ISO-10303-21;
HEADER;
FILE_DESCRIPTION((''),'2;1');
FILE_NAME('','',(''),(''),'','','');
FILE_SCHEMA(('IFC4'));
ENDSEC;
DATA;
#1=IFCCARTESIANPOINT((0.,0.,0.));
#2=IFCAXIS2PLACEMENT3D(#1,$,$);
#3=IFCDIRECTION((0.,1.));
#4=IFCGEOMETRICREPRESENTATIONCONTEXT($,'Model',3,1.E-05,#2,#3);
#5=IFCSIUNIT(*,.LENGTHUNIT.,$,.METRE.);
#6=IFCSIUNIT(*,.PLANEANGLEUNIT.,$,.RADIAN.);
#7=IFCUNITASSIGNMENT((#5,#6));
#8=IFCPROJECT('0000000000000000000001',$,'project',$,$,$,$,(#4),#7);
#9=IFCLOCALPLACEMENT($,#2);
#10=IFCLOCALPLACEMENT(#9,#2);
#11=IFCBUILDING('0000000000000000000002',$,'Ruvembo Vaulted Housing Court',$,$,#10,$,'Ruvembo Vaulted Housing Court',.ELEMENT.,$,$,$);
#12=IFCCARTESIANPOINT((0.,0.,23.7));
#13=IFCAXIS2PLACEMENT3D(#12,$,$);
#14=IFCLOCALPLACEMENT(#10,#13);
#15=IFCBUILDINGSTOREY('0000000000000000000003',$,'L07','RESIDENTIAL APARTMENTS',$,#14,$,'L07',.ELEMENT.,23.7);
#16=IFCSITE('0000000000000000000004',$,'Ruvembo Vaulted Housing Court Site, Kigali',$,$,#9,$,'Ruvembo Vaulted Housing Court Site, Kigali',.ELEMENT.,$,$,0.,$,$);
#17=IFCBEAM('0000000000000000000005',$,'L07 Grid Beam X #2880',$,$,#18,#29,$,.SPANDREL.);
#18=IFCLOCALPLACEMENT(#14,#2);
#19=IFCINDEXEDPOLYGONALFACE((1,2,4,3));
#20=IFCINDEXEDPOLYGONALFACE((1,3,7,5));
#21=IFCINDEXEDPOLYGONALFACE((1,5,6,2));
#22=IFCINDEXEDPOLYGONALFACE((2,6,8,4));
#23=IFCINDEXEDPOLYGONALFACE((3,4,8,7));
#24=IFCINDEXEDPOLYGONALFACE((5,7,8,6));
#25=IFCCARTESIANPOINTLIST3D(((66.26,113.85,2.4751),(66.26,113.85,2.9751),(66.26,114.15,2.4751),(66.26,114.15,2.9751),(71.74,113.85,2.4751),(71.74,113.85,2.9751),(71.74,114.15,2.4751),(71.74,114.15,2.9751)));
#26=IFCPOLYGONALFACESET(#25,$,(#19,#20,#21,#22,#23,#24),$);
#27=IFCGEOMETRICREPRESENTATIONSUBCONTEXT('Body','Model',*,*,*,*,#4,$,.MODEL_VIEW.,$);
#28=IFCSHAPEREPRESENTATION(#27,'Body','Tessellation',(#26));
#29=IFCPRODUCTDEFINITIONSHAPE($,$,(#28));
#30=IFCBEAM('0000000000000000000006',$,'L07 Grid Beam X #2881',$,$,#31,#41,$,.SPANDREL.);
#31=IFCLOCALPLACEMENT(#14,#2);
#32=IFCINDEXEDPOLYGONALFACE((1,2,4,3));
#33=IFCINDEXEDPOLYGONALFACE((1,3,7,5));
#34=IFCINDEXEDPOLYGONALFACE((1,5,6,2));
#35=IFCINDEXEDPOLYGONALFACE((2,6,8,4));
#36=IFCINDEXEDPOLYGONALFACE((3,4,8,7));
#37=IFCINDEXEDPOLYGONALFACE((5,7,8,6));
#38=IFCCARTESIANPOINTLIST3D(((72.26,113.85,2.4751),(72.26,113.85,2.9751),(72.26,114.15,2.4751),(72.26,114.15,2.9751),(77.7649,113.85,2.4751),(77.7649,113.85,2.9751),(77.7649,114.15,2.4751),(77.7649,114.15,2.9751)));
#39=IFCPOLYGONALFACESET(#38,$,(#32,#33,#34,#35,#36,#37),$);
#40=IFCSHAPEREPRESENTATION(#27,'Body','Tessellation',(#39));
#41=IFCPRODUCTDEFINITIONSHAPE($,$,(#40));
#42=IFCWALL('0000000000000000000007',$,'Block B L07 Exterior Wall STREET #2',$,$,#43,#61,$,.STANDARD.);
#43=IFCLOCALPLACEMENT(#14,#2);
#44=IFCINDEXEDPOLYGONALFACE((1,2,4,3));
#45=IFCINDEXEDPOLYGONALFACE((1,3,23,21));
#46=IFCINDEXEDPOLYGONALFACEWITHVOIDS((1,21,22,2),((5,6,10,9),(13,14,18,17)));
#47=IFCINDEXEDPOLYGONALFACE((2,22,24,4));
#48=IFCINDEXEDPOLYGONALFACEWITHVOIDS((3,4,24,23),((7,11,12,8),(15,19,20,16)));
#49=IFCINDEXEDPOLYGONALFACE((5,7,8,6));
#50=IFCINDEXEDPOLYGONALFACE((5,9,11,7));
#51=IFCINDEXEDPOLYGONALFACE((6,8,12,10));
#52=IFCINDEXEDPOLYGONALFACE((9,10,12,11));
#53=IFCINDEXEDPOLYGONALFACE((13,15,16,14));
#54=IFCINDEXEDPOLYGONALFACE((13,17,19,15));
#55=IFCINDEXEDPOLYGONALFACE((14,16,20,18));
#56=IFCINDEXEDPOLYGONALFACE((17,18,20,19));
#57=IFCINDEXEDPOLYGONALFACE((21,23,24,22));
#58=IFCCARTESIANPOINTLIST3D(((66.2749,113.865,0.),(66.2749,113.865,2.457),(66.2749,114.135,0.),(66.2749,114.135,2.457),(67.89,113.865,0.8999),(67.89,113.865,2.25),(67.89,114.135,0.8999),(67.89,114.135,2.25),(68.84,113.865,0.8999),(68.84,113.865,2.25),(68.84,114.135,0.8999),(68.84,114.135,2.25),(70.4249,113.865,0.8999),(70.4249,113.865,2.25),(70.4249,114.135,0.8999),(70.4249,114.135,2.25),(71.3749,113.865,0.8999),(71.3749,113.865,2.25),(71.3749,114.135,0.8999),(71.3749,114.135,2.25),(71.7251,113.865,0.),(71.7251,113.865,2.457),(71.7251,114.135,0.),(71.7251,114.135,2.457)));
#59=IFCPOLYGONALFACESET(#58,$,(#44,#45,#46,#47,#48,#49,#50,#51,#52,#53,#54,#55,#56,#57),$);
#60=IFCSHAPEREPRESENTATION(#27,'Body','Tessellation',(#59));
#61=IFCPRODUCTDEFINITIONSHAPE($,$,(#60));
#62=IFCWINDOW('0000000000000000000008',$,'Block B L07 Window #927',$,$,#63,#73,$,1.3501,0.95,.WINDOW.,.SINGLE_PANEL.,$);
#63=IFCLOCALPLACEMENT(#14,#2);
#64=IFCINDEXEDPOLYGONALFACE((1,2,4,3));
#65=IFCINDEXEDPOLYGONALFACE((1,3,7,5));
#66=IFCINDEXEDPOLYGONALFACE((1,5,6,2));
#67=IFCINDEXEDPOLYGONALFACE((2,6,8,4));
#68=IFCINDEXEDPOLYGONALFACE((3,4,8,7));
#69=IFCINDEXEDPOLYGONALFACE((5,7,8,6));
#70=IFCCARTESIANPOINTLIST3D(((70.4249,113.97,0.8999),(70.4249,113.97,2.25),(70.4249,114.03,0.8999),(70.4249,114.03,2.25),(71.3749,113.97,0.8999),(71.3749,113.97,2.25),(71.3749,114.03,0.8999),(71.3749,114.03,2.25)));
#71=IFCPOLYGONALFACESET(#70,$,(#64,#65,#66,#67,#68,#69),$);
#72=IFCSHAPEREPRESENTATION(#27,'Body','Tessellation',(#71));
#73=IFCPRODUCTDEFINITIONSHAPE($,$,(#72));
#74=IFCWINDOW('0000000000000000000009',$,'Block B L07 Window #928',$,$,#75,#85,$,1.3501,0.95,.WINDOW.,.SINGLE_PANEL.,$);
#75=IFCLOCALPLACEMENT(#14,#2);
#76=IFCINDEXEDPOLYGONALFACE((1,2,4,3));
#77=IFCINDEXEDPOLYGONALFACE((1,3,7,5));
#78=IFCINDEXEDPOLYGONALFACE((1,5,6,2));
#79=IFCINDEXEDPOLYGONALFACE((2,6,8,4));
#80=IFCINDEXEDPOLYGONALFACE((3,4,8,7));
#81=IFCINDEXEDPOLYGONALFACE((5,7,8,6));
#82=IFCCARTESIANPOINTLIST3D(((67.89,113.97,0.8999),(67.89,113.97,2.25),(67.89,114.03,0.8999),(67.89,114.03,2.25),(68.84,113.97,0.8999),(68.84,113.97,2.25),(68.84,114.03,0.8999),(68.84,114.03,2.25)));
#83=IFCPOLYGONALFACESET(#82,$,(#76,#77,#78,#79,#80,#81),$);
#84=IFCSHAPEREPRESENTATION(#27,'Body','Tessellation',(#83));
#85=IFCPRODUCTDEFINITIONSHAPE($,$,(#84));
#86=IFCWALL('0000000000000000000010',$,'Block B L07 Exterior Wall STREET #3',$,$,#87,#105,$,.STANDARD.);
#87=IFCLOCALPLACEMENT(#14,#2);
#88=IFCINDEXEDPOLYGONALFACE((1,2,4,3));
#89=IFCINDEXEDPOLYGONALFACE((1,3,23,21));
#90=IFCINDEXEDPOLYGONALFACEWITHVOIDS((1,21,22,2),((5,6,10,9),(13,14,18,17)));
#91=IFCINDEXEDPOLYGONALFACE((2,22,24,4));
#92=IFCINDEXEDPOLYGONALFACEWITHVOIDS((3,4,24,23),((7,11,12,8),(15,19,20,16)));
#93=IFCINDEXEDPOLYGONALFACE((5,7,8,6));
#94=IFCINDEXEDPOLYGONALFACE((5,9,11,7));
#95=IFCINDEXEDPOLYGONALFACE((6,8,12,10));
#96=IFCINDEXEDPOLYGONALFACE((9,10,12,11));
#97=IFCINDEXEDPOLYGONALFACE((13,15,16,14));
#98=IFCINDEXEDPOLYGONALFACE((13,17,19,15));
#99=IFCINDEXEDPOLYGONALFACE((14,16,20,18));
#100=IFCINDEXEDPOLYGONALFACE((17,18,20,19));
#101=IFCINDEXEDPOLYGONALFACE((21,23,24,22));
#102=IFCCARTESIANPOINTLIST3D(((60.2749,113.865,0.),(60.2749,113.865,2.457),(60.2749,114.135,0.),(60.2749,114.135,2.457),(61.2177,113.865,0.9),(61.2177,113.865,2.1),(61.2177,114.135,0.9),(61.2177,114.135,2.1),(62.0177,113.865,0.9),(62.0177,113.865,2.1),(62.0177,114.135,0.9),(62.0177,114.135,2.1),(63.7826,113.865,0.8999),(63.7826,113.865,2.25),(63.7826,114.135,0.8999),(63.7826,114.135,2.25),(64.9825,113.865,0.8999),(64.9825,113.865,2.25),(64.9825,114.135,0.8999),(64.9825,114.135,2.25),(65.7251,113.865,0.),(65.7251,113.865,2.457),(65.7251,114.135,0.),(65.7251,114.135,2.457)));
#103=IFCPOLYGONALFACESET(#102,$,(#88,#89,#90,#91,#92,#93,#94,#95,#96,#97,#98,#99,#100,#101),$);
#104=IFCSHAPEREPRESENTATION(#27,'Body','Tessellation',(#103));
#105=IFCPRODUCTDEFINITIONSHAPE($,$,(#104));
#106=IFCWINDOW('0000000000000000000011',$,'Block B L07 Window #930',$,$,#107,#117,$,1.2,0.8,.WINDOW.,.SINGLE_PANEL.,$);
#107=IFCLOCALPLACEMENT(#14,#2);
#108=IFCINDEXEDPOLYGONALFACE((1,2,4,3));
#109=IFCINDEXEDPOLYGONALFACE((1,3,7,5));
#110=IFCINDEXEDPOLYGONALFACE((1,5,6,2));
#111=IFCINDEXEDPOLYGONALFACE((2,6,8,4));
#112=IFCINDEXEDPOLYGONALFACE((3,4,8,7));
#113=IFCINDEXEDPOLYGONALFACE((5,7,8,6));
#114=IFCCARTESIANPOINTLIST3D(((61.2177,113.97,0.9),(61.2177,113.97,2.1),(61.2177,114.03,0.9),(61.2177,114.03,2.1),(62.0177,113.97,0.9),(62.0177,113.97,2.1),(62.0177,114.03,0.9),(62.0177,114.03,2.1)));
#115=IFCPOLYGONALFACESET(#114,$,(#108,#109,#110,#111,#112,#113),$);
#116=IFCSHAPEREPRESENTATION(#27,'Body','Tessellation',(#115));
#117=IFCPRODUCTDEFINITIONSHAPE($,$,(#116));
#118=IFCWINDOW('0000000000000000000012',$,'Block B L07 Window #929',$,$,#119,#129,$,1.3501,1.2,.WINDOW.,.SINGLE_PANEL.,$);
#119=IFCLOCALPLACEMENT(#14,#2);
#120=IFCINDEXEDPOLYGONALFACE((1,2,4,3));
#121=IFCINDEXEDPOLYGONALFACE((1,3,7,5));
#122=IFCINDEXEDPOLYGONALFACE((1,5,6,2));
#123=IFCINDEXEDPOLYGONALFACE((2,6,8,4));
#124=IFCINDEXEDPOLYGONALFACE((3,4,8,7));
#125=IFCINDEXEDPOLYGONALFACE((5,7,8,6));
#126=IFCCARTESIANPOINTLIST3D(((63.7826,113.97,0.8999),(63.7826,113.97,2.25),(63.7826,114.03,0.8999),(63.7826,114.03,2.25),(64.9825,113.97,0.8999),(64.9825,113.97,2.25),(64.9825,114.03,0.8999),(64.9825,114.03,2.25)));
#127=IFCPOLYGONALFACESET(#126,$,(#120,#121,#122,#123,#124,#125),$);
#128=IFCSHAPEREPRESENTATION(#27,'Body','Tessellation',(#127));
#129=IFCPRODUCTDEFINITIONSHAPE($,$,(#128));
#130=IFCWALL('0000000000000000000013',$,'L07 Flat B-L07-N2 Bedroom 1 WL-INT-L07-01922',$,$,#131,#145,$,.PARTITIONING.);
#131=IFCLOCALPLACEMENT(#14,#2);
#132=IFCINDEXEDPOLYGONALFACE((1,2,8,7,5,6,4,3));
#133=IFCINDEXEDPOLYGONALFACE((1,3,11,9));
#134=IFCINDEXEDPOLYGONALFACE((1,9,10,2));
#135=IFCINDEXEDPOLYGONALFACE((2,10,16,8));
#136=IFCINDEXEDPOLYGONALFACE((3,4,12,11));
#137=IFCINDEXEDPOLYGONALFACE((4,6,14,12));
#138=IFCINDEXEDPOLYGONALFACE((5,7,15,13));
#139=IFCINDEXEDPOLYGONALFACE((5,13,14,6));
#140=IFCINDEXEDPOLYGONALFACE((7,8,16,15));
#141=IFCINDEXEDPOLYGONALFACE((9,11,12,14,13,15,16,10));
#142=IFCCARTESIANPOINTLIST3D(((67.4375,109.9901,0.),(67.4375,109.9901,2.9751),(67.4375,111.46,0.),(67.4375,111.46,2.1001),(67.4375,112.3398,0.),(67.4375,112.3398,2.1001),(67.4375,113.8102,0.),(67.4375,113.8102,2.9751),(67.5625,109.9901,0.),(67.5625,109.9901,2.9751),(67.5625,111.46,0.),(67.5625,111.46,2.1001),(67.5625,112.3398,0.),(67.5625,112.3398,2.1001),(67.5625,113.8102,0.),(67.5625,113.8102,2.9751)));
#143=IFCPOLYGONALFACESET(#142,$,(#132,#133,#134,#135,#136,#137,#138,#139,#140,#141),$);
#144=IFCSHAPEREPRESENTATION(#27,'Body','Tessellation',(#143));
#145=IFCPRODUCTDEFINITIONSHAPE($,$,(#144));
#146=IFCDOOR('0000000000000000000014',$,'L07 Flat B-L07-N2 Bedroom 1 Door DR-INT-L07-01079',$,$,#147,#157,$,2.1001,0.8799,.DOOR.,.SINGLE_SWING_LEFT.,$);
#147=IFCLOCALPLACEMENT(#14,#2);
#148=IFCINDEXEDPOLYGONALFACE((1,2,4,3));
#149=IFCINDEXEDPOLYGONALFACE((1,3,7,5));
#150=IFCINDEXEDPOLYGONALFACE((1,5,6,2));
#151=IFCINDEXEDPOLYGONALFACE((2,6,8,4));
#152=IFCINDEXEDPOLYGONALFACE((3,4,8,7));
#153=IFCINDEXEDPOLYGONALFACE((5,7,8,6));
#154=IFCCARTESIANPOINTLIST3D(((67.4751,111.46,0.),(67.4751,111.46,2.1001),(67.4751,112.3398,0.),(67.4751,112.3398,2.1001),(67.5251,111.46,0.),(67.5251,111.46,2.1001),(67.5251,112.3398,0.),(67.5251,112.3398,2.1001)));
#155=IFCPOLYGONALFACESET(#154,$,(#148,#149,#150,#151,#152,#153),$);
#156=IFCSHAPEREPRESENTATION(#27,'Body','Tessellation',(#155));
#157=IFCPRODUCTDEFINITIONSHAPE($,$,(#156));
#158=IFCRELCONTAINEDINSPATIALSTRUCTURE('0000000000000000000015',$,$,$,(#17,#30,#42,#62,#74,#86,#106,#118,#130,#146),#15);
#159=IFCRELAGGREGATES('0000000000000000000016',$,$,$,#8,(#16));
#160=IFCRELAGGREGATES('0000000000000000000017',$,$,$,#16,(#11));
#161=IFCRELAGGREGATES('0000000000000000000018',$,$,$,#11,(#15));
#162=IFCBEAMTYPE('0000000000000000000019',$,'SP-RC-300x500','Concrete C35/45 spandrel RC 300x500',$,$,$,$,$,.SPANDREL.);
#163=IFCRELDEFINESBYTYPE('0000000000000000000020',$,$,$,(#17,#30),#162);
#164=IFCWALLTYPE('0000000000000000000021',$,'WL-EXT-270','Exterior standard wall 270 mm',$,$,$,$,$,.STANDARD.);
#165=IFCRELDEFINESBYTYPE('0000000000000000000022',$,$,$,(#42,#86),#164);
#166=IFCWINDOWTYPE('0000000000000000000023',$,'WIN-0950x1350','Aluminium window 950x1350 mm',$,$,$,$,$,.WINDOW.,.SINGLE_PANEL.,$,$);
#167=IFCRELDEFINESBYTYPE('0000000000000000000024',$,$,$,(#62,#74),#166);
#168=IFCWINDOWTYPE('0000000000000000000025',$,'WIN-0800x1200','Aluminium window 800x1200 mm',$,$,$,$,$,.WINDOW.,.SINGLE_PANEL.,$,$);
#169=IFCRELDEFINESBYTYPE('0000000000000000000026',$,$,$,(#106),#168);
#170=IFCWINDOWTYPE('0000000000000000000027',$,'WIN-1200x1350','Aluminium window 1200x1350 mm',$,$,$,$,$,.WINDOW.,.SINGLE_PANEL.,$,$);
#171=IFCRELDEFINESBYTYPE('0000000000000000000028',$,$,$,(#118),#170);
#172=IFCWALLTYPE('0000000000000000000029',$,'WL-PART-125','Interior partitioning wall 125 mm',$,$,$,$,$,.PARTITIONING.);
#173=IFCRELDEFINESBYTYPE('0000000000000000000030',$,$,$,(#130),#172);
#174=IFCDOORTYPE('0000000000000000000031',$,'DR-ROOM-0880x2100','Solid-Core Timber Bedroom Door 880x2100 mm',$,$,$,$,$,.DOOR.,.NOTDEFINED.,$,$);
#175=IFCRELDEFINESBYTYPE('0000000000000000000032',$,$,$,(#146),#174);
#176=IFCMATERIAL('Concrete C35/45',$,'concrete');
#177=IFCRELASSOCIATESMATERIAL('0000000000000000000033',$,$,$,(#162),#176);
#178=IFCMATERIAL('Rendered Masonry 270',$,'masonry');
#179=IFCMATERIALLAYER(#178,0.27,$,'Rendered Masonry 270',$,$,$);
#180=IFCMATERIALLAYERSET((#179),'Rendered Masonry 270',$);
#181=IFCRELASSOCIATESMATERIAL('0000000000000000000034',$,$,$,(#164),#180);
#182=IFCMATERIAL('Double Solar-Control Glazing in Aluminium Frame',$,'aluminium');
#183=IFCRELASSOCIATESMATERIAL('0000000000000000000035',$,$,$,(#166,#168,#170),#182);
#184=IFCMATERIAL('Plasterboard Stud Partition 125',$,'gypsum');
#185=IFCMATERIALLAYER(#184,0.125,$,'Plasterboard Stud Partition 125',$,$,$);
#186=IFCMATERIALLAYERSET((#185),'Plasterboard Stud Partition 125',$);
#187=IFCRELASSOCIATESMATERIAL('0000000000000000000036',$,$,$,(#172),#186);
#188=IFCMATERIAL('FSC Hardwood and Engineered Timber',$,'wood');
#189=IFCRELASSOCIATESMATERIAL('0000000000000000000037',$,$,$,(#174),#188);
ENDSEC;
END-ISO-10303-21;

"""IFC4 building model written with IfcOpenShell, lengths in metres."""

from ifc_helpers import new_model, si_unit, direction, frame, frame_2d, origin, origin_2d, place, context, subcontext, project, spatial, rectangle, extrude, material, layer, layer_set, material_profile, profile_set, type_object, element, fill, save


model = new_model("IFC4")

# Units and contexts
model_context = context("Model", 3, precision=1e-05, world=origin(), true_north=direction((0.0, 1.0)))
body_context = subcontext(model_context, "Body", "Model", "MODEL_VIEW")
ifc_project = project(units=[si_unit("LENGTHUNIT", "METRE"), si_unit("PLANEANGLEUNIT", "RADIAN")], contexts=[model_context])

# Site, building, storey
site_placement = place(None, origin())
site = spatial("IfcSite", under=ifc_project, at=site_placement, Name="Ruvembo Vaulted Housing Court Site, Kigali", LongName="Ruvembo Vaulted Housing Court Site, Kigali", CompositionType="ELEMENT", RefElevation=0.0)
building_placement = place(site_placement, origin())
building = spatial("IfcBuilding", under=site, at=building_placement, Name="Ruvembo Vaulted Housing Court", LongName="Ruvembo Vaulted Housing Court", CompositionType="ELEMENT")
storey_placement = place(building_placement, frame((0.0, 0.0, 23.7)))
storey = spatial("IfcBuildingStorey", under=building, at=storey_placement, Name="L07", Description="RESIDENTIAL APARTMENTS", LongName="L07", CompositionType="ELEMENT", Elevation=23.7)

# Shared definitions
ifc_material_1 = material(Name="Concrete C35/45", Category="concrete")

# Beams
ifc_material_profile_1 = material_profile(ifc_material_1, rectangle(XDim=0.3, YDim=0.5, at=origin_2d()), Name="RC 300x500")
ifc_profile_set_1 = profile_set([ifc_material_profile_1], Name="Concrete C35/45")
beam_type_1 = type_object("IfcBeamType", Name="SP-RC-300x500", Description="Concrete C35/45 spandrel RC 300x500", PredefinedType="SPANDREL", material=ifc_profile_set_1)
for number, where, z_axis, x_axis, name in (
    (1, (66.26, 114.0, 2.7251), (1.0, 0.0, 0.0), (0.0, 1.0, 0.0), "L07 Grid Beam X #2880"),
):
    element("IfcBeam", number, at=place(storey_placement, frame(where, z_axis=z_axis, x_axis=x_axis)), inside=storey, type_object=beam_type_1, Name=name, PredefinedType="SPANDREL", context=body_context, shape_type="SweptSolid", body=[
        extrude(rectangle(XDim=0.3, YDim=0.5, at=origin_2d()), origin(), (0.0, 0.0, 1.0), 5.48),
    ])
beam_1_placement = place(storey_placement, frame((72.26, 114.0, 2.7251), z_axis=(1.0, 0.0, 0.0), x_axis=(0.0, 1.0, 0.0)))
element("IfcBeam", 2, at=beam_1_placement, inside=storey, type_object=beam_type_1, Name="L07 Grid Beam X #2881", PredefinedType="SPANDREL", context=body_context, shape_type="SweptSolid", body=[
    extrude(rectangle(XDim=0.3, YDim=0.5, at=origin_2d()), origin(), (0.0, 0.0, 1.0), 5.5049),
])

# Walls, openings, windows
ifc_material_2 = material(Name="Rendered Masonry 270", Category="masonry")
ifc_layer_1 = layer(ifc_material_2, 0.27, Name="Rendered Masonry 270")
ifc_layer_set_1 = layer_set([ifc_layer_1], Name="Rendered Masonry 270")
wall_type_1 = type_object("IfcWallType", Name="WL-EXT-270", Description="Exterior standard wall 270 mm", PredefinedType="STANDARD", material=ifc_layer_set_1)
wall_1_placement = place(storey_placement, frame((71.7251, 114.0, 0.0), z_axis=(0.0, 0.0, 1.0), x_axis=(-1.0, 0.0, 0.0)))
wall_1 = element("IfcWall", 3, at=wall_1_placement, inside=storey, type_object=wall_type_1, Name="Block B L07 Exterior Wall STREET #2", PredefinedType="STANDARD", context=body_context, shape_type="SweptSolid", body=[
    extrude(rectangle(XDim=5.4502, YDim=0.27, at=frame_2d((2.7251, 0.0))), origin(), (0.0, 0.0, 1.0), 2.457),
])
opening_1_placement = place(wall_1_placement, frame((0.3501, 0.0, 0.8999)))
opening_1 = element("IfcOpeningElement", 4, at=opening_1_placement, cuts=wall_1, PredefinedType="OPENING", context=body_context, shape_type="SweptSolid", body=[
    extrude(rectangle(XDim=0.95, YDim=1.3501, at=frame_2d((0.4751, 0.675))), frame((0.0, 0.145, 0.0), z_axis=(0.0, -1.0, 0.0), x_axis=(1.0, 0.0, 0.0)), (0.0, 0.0, 1.0), 0.29),
])
opening_2_placement = place(wall_1_placement, frame((2.885, 0.0, 0.8999)))
opening_2 = element("IfcOpeningElement", 5, at=opening_2_placement, cuts=wall_1, PredefinedType="OPENING", context=body_context, shape_type="SweptSolid", body=[
    extrude(rectangle(XDim=0.95, YDim=1.3501, at=frame_2d((0.4751, 0.675))), frame((0.0, 0.145, 0.0), z_axis=(0.0, -1.0, 0.0), x_axis=(1.0, 0.0, 0.0)), (0.0, 0.0, 1.0), 0.29),
])
ifc_material_3 = material(Name="Double Solar-Control Glazing in Aluminium Frame", Category="aluminium")
window_type_1 = type_object("IfcWindowType", Name="WIN-0950x1350", Description="Aluminium window 950x1350 mm", PartitioningType="SINGLE_PANEL", PredefinedType="WINDOW", material=ifc_material_3)
window_1_placement = place(opening_1_placement, origin())
window_1 = element("IfcWindow", 6, at=window_1_placement, inside=storey, type_object=window_type_1, Name="Block B L07 Window #927", OverallHeight=1.3501, OverallWidth=0.95, PartitioningType="SINGLE_PANEL", PredefinedType="WINDOW", context=body_context, shape_type="SweptSolid", body=[
    extrude(rectangle(XDim=0.95, YDim=1.3501, at=frame_2d((0.4751, 0.675))), frame((0.0, 0.03, 0.0), z_axis=(0.0, -1.0, 0.0), x_axis=(1.0, 0.0, 0.0)), (0.0, 0.0, 1.0), 0.0601),
])
fill(opening_1, window_1)
window_2_placement = place(opening_2_placement, origin())
window_2 = element("IfcWindow", 7, at=window_2_placement, inside=storey, type_object=window_type_1, Name="Block B L07 Window #928", OverallHeight=1.3501, OverallWidth=0.95, PartitioningType="SINGLE_PANEL", PredefinedType="WINDOW", context=body_context, shape_type="SweptSolid", body=[
    extrude(rectangle(XDim=0.95, YDim=1.3501, at=frame_2d((0.4751, 0.675))), frame((0.0, 0.03, 0.0), z_axis=(0.0, -1.0, 0.0), x_axis=(1.0, 0.0, 0.0)), (0.0, 0.0, 1.0), 0.0601),
])
fill(opening_2, window_2)
wall_2_placement = place(storey_placement, frame((65.7251, 114.0, 0.0), z_axis=(0.0, 0.0, 1.0), x_axis=(-1.0, 0.0, 0.0)))
wall_2 = element("IfcWall", 8, at=wall_2_placement, inside=storey, type_object=wall_type_1, Name="Block B L07 Exterior Wall STREET #3", PredefinedType="STANDARD", context=body_context, shape_type="SweptSolid", body=[
    extrude(rectangle(XDim=5.4502, YDim=0.27, at=frame_2d((2.7251, 0.0))), origin(), (0.0, 0.0, 1.0), 2.457),
])
opening_3_placement = place(wall_2_placement, frame((0.7424, 0.0, 0.8999)))
opening_3 = element("IfcOpeningElement", 9, at=opening_3_placement, cuts=wall_2, PredefinedType="OPENING", context=body_context, shape_type="SweptSolid", body=[
    extrude(rectangle(XDim=1.2, YDim=1.3501, at=frame_2d((0.6001, 0.675))), frame((0.0, 0.145, 0.0), z_axis=(0.0, -1.0, 0.0), x_axis=(1.0, 0.0, 0.0)), (0.0, 0.0, 1.0), 0.29),
])
opening_4_placement = place(wall_2_placement, frame((3.7075, 0.0, 0.8999)))
opening_4 = element("IfcOpeningElement", 10, at=opening_4_placement, cuts=wall_2, PredefinedType="OPENING", context=body_context, shape_type="SweptSolid", body=[
    extrude(rectangle(XDim=0.8, YDim=1.2, at=frame_2d((0.3999, 0.6001))), frame((0.0, 0.145, 0.0), z_axis=(0.0, -1.0, 0.0), x_axis=(1.0, 0.0, 0.0)), (0.0, 0.0, 1.0), 0.29),
])
window_type_2 = type_object("IfcWindowType", Name="WIN-0800x1200", Description="Aluminium window 800x1200 mm", PartitioningType="SINGLE_PANEL", PredefinedType="WINDOW", material=ifc_material_3)
window_3_placement = place(opening_4_placement, origin())
window_3 = element("IfcWindow", 11, at=window_3_placement, inside=storey, type_object=window_type_2, Name="Block B L07 Window #930", OverallHeight=1.2, OverallWidth=0.8, PartitioningType="SINGLE_PANEL", PredefinedType="WINDOW", context=body_context, shape_type="SweptSolid", body=[
    extrude(rectangle(XDim=0.8, YDim=1.2, at=frame_2d((0.3999, 0.6001))), frame((0.0, 0.03, 0.0), z_axis=(0.0, -1.0, 0.0), x_axis=(1.0, 0.0, 0.0)), (0.0, 0.0, 1.0), 0.0601),
])
fill(opening_4, window_3)
window_type_3 = type_object("IfcWindowType", Name="WIN-1200x1350", Description="Aluminium window 1200x1350 mm", PartitioningType="SINGLE_PANEL", PredefinedType="WINDOW", material=ifc_material_3)
window_4_placement = place(opening_3_placement, origin())
window_4 = element("IfcWindow", 12, at=window_4_placement, inside=storey, type_object=window_type_3, Name="Block B L07 Window #929", OverallHeight=1.3501, OverallWidth=1.2, PartitioningType="SINGLE_PANEL", PredefinedType="WINDOW", context=body_context, shape_type="SweptSolid", body=[
    extrude(rectangle(XDim=1.2, YDim=1.3501, at=frame_2d((0.6001, 0.675))), frame((0.0, 0.03, 0.0), z_axis=(0.0, -1.0, 0.0), x_axis=(1.0, 0.0, 0.0)), (0.0, 0.0, 1.0), 0.0601),
])
fill(opening_3, window_4)

# Wall, opening, door
ifc_material_4 = material(Name="Plasterboard Stud Partition 125", Category="gypsum")
ifc_layer_2 = layer(ifc_material_4, 0.125, Name="Plasterboard Stud Partition 125")
ifc_layer_set_2 = layer_set([ifc_layer_2], Name="Plasterboard Stud Partition 125")
wall_type_2 = type_object("IfcWallType", Name="WL-PART-125", Description="Interior partitioning wall 125 mm", PredefinedType="PARTITIONING", material=ifc_layer_set_2)
wall_3_placement = place(storey_placement, frame((67.5, 109.99, 0.0), z_axis=(0.0, 0.0, 1.0), x_axis=(0.0, 1.0, 0.0)))
wall_3 = element("IfcWall", 13, at=wall_3_placement, inside=storey, type_object=wall_type_2, Name="L07 Flat B-L07-N2 Bedroom 1 WL-INT-L07-01922", PredefinedType="PARTITIONING", context=body_context, shape_type="SweptSolid", body=[
    extrude(rectangle(XDim=3.8201, YDim=0.125, at=frame_2d((1.9102, 0.0))), origin(), (0.0, 0.0, 1.0), 2.9751),
])
opening_5_placement = place(wall_3_placement, frame((1.47, 0.0, 0.0)))
opening_5 = element("IfcOpeningElement", 14, at=opening_5_placement, cuts=wall_3, PredefinedType="OPENING", context=body_context, shape_type="SweptSolid", body=[
    extrude(rectangle(XDim=0.8799, YDim=2.1001, at=frame_2d((0.4399, 1.05))), frame((0.0, 0.0725, 0.0), z_axis=(0.0, -1.0, 0.0), x_axis=(1.0, 0.0, 0.0)), (0.0, 0.0, 1.0), 0.145),
])
ifc_material_5 = material(Name="FSC Hardwood and Engineered Timber", Category="wood")
door_type_1 = type_object("IfcDoorType", Name="DR-ROOM-0880x2100", Description="Solid-Core Timber Bedroom Door 880x2100 mm", OperationType="NOTDEFINED", PredefinedType="DOOR", material=ifc_material_5)
door_1_placement = place(opening_5_placement, origin())
door_1 = element("IfcDoor", 15, at=door_1_placement, inside=storey, type_object=door_type_1, Name="L07 Flat B-L07-N2 Bedroom 1 Door DR-INT-L07-01079", OperationType="SINGLE_SWING_LEFT", OverallHeight=2.1001, OverallWidth=0.8799, PredefinedType="DOOR", context=body_context, shape_type="SweptSolid", body=[
    extrude(rectangle(XDim=0.8799, YDim=2.1001, at=frame_2d((0.4399, 1.05))), frame((0.0, 0.0249, 0.0), z_axis=(0.0, -1.0, 0.0), x_axis=(1.0, 0.0, 0.0)), (0.0, 0.0, 1.0), 0.05),
])
fill(opening_5, door_1)

save(model, "model.ifc")
